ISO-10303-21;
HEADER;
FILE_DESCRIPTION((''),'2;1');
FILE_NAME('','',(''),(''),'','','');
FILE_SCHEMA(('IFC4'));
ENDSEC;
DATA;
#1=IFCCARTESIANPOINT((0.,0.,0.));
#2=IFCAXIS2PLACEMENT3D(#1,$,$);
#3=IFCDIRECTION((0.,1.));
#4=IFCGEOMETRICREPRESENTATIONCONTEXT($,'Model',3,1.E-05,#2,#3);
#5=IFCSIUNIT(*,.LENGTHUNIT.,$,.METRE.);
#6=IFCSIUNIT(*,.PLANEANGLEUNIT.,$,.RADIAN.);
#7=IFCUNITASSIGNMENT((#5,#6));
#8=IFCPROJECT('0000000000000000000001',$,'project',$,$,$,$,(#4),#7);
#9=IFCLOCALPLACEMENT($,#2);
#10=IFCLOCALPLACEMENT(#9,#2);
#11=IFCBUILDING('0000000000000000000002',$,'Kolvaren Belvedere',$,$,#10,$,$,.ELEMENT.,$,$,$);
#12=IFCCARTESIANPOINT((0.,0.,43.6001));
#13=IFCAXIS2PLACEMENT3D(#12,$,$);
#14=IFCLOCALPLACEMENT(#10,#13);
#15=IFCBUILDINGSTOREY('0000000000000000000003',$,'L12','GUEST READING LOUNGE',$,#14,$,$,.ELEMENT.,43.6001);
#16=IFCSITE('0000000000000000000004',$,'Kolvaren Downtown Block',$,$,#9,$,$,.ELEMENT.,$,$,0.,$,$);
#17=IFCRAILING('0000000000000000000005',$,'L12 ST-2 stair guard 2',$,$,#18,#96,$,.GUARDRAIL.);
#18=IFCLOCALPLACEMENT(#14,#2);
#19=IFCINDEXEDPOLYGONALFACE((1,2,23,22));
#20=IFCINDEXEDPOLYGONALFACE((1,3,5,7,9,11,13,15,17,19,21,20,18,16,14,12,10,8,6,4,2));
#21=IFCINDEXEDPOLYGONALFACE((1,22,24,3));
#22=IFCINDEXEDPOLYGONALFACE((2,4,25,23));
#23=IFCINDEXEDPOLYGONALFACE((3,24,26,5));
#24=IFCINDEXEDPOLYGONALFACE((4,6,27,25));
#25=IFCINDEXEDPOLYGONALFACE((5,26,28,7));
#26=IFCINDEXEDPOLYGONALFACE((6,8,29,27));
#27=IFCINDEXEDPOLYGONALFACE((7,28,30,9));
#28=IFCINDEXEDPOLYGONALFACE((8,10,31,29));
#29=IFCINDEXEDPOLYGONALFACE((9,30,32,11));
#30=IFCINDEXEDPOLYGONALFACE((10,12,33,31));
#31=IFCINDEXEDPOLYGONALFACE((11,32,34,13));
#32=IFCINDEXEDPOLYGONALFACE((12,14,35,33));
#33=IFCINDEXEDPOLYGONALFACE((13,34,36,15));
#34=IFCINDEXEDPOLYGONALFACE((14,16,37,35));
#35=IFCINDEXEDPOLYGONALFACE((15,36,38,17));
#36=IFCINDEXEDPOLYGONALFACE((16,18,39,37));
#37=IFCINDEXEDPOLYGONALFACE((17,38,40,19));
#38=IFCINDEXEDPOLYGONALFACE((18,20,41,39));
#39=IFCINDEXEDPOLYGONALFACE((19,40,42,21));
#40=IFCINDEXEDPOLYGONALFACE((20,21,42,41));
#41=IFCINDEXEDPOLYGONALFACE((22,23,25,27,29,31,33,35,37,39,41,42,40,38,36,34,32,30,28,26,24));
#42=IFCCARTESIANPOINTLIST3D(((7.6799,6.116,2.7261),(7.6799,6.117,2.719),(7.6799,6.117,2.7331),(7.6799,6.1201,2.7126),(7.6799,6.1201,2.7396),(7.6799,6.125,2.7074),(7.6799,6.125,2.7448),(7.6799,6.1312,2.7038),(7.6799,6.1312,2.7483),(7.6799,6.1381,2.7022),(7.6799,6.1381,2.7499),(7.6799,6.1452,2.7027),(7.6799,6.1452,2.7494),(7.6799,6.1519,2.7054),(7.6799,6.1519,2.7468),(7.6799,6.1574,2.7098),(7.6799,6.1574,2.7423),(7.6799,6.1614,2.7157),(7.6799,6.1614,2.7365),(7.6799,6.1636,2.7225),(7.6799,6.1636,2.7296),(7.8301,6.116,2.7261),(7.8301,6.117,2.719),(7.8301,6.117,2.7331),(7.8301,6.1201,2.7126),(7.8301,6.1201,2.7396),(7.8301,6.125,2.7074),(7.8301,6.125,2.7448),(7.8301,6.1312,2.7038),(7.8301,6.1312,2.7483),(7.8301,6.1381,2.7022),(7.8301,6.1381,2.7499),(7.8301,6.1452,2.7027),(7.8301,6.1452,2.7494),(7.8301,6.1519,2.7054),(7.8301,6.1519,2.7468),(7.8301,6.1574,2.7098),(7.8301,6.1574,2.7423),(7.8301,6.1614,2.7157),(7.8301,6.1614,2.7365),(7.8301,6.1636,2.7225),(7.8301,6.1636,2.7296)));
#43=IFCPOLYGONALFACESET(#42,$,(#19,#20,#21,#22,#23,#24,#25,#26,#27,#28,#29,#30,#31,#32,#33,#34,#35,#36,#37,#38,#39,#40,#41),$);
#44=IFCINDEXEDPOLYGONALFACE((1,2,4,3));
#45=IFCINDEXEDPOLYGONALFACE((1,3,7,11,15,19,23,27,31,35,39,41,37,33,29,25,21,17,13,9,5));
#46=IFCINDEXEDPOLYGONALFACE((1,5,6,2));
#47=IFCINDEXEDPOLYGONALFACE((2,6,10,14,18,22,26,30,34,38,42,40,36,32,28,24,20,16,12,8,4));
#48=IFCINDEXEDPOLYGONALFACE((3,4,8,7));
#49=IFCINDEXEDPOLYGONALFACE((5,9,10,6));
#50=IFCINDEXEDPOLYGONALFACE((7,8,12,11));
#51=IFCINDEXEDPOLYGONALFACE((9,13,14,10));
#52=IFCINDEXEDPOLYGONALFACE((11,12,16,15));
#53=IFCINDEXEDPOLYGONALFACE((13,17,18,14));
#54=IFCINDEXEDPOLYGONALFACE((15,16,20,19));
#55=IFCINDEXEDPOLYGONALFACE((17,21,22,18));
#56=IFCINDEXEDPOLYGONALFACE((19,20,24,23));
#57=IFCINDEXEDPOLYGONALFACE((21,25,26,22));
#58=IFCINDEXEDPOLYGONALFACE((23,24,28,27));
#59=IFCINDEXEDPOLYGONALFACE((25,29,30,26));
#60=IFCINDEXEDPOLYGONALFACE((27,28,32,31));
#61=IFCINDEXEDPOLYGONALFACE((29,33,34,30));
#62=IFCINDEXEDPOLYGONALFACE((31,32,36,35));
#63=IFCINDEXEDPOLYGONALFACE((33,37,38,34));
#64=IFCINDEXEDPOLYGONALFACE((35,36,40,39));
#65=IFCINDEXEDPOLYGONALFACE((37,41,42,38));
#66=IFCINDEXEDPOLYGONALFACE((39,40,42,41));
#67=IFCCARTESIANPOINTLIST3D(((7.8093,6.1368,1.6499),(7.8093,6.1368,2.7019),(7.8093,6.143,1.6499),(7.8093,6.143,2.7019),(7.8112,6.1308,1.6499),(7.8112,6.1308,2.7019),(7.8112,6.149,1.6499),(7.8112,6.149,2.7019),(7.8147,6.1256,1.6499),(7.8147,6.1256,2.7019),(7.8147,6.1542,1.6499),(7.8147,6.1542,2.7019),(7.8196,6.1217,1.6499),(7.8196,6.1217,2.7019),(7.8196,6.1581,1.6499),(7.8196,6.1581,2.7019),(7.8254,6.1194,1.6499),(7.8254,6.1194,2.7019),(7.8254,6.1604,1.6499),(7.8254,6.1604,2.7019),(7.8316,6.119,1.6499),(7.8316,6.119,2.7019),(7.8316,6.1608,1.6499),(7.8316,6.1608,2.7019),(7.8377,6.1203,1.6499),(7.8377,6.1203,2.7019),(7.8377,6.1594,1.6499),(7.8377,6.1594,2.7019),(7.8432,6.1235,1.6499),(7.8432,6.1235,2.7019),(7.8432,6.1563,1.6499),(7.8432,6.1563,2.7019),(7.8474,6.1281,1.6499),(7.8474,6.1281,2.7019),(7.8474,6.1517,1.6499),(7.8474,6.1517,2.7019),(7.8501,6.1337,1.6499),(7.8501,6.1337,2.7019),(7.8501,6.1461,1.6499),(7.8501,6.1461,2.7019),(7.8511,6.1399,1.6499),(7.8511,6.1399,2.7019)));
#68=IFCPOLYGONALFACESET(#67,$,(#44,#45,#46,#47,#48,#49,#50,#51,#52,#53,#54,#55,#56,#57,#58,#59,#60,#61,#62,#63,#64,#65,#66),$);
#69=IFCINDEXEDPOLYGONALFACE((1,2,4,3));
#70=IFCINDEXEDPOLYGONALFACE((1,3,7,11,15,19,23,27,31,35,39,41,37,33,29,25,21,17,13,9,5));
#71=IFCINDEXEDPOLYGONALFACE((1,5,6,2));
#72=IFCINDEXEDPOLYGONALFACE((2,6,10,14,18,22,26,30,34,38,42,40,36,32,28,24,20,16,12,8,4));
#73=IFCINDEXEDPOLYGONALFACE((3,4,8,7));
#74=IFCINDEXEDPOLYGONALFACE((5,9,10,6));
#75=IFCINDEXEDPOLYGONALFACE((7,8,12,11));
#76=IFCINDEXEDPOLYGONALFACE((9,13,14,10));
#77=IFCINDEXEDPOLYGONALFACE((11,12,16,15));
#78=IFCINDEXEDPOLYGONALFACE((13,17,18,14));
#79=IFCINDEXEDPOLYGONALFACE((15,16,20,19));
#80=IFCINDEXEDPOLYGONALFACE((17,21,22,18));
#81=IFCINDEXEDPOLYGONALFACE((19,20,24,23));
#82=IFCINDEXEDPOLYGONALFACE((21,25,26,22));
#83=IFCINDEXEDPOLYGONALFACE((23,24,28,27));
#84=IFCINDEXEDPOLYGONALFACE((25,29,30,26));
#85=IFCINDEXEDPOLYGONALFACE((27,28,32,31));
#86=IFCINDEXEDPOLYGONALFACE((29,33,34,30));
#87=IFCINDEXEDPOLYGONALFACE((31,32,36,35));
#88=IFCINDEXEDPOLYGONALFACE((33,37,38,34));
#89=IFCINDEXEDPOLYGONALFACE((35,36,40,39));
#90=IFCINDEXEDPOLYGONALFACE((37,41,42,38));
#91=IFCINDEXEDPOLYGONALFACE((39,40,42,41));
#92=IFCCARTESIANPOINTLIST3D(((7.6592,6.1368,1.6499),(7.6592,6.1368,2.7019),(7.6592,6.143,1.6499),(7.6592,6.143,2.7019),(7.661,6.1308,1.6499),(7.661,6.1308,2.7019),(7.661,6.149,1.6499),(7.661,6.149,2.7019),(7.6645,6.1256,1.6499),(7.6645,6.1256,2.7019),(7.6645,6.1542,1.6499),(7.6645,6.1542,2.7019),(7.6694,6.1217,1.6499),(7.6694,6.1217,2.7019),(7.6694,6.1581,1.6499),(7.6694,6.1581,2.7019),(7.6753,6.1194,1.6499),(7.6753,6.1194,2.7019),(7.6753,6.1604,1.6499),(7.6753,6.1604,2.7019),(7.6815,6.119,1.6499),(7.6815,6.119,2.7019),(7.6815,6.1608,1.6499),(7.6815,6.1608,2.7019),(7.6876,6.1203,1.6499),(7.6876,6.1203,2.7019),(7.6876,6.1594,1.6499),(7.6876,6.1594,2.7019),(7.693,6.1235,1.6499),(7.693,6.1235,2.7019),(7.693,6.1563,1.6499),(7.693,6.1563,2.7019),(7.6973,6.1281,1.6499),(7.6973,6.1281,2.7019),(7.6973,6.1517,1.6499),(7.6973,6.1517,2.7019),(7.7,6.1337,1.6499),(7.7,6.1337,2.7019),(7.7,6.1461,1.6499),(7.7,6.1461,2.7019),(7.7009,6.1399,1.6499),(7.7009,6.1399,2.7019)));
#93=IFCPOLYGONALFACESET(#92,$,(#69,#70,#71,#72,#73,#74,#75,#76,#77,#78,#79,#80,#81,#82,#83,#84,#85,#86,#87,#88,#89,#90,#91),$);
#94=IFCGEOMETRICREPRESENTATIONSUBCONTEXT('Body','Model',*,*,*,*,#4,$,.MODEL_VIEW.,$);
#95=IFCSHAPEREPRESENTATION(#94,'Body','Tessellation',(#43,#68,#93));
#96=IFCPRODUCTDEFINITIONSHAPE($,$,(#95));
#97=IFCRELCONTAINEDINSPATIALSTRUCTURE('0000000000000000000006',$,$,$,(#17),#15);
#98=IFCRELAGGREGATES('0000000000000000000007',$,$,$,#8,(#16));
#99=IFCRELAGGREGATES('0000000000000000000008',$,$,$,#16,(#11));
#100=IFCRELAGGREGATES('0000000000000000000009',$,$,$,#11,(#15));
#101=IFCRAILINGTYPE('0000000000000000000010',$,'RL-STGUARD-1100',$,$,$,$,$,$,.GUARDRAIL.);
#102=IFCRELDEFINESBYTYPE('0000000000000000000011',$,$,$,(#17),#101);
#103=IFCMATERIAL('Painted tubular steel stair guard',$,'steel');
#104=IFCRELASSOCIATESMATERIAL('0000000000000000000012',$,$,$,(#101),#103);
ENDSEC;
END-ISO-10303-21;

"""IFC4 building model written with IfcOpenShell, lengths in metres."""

from ifc_helpers import new_model, si_unit, direction, frame, origin, origin_2d, place, context, subcontext, project, spatial, circle, extrude, material, type_object, element, save


model = new_model("IFC4")

# Units and contexts
model_context = context("Model", 3, precision=1e-05, world=origin(), true_north=direction((0.0, 1.0)))
body_context = subcontext(model_context, "Body", "Model", "MODEL_VIEW")
ifc_project = project(units=[si_unit("LENGTHUNIT", "METRE"), si_unit("PLANEANGLEUNIT", "RADIAN")], contexts=[model_context])

# Site, building, storey
site_placement = place(None, origin())
site = spatial("IfcSite", under=ifc_project, at=site_placement, Name="Kolvaren Downtown Block", CompositionType="ELEMENT", RefElevation=0.0)
building_placement = place(site_placement, origin())
building = spatial("IfcBuilding", under=site, at=building_placement, Name="Kolvaren Belvedere", CompositionType="ELEMENT")
storey_placement = place(building_placement, frame((0.0, 0.0, 43.6001)))
storey = spatial("IfcBuildingStorey", under=building, at=storey_placement, Name="L12", Description="GUEST READING LOUNGE", CompositionType="ELEMENT", Elevation=43.6001)

# Railing
ifc_material_1 = material(Name="Painted tubular steel stair guard", Category="steel")
railing_type_1 = type_object("IfcRailingType", Name="RL-STGUARD-1100", PredefinedType="GUARDRAIL", material=ifc_material_1)
railing_1_placement = place(storey_placement, frame((7.8301, 6.1399, 1.6499)))
element("IfcRailing", 1, at=railing_1_placement, inside=storey, type_object=railing_type_1, Name="L12 ST-2 stair guard 2", PredefinedType="GUARDRAIL", context=body_context, shape_type="SweptSolid", body=[
    extrude(circle(Radius=0.0239, at=origin_2d()), frame((0.0, 0.0, 1.0762), z_axis=(-1.0, 0.0, 0.0), x_axis=(0.0, -1.0, 0.0)), (0.0, 0.0, 1.0), 0.1501),
    extrude(circle(Radius=0.021, at=origin_2d()), origin(), (0.0, 0.0, 1.0), 1.052),
    extrude(circle(Radius=0.021, at=origin_2d()), frame((-0.1501, 0.0, 0.0)), (0.0, 0.0, 1.0), 1.052),
])

save(model, "model.ifc")
